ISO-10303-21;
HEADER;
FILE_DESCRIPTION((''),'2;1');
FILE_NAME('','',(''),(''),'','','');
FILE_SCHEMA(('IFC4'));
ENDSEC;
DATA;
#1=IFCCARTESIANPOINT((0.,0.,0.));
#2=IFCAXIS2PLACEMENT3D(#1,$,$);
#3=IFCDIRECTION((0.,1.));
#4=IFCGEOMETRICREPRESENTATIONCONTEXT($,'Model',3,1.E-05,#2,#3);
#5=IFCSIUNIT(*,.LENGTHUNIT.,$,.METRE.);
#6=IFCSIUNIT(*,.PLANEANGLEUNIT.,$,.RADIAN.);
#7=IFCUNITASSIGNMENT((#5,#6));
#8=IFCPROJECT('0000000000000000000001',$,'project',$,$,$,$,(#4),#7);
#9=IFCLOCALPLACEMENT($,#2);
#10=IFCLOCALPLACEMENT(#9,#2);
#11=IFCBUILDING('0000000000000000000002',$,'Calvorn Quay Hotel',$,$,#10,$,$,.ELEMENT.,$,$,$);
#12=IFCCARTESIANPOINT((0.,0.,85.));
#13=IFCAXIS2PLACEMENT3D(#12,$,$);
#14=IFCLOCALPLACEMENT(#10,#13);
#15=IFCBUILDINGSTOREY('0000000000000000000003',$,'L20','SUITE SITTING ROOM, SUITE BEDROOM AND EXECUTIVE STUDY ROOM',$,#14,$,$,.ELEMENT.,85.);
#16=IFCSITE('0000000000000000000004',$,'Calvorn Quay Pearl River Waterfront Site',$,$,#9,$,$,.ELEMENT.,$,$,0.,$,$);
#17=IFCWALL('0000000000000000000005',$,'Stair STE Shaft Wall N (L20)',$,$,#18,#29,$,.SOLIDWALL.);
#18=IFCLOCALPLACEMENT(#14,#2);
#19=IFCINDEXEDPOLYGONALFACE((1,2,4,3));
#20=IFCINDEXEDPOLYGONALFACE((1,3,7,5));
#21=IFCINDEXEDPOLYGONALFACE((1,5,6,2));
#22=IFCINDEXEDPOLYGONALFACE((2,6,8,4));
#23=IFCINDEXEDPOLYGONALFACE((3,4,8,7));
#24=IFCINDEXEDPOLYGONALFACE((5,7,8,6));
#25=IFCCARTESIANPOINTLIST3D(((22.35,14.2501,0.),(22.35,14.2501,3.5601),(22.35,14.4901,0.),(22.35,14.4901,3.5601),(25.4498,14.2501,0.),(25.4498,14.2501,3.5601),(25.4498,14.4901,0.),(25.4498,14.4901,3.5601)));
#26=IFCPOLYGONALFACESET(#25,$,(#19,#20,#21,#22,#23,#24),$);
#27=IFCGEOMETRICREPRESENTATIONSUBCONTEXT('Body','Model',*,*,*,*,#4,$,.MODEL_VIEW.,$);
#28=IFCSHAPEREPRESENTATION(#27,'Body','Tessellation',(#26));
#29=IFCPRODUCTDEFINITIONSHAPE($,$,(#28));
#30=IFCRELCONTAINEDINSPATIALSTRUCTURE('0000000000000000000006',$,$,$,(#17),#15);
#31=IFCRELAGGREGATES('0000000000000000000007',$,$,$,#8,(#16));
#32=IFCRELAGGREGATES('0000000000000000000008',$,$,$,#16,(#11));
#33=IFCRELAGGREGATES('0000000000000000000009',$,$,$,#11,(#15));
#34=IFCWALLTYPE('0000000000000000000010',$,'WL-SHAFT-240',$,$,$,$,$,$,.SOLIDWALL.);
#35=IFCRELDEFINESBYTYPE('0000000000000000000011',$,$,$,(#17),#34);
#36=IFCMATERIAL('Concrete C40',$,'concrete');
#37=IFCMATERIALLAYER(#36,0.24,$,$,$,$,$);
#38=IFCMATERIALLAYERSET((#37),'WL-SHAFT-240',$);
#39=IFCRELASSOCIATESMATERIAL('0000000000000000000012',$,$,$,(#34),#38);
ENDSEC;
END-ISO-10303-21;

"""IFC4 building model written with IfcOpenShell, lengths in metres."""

from ifc_helpers import new_model, si_unit, direction, frame, frame_2d, origin, place, context, subcontext, project, spatial, rectangle, extrude, material, layer, layer_set, type_object, element, save


model = new_model("IFC4")

# Units and contexts
model_context = context("Model", 3, precision=1e-05, world=origin(), true_north=direction((0.0, 1.0)))
body_context = subcontext(model_context, "Body", "Model", "MODEL_VIEW")
ifc_project = project(units=[si_unit("LENGTHUNIT", "METRE"), si_unit("PLANEANGLEUNIT", "RADIAN")], contexts=[model_context])

# Site, building, storey
site_placement = place(None, origin())
site = spatial("IfcSite", under=ifc_project, at=site_placement, Name="Calvorn Quay Pearl River Waterfront Site", CompositionType="ELEMENT", RefElevation=0.0)
building_placement = place(site_placement, origin())
building = spatial("IfcBuilding", under=site, at=building_placement, Name="Calvorn Quay Hotel", CompositionType="ELEMENT")
storey_placement = place(building_placement, frame((0.0, 0.0, 85.0)))
storey = spatial("IfcBuildingStorey", under=building, at=storey_placement, Name="L20", Description="SUITE SITTING ROOM, SUITE BEDROOM AND EXECUTIVE STUDY ROOM", CompositionType="ELEMENT", Elevation=85.0)

# Wall
ifc_material_1 = material(Name="Concrete C40", Category="concrete")
ifc_layer_1 = layer(ifc_material_1, 0.24)
ifc_layer_set_1 = layer_set([ifc_layer_1], Name="WL-SHAFT-240")
wall_type_1 = type_object("IfcWallType", Name="WL-SHAFT-240", PredefinedType="SOLIDWALL", material=ifc_layer_set_1)
wall_1_placement = place(storey_placement, frame((22.3501, 14.3701, 0.0), z_axis=(0.0, 0.0, 1.0), x_axis=(1.0, 0.0, 0.0)))
element("IfcWall", 1, at=wall_1_placement, inside=storey, type_object=wall_type_1, Name="Stair STE Shaft Wall N (L20)", PredefinedType="SOLIDWALL", context=body_context, shape_type="SweptSolid", body=[
    extrude(rectangle(XDim=3.0999, YDim=0.24, at=frame_2d((1.5498, 0.0))), origin(), (0.0, 0.0, 1.0), 3.5601),
])

save(model, "model.ifc")
